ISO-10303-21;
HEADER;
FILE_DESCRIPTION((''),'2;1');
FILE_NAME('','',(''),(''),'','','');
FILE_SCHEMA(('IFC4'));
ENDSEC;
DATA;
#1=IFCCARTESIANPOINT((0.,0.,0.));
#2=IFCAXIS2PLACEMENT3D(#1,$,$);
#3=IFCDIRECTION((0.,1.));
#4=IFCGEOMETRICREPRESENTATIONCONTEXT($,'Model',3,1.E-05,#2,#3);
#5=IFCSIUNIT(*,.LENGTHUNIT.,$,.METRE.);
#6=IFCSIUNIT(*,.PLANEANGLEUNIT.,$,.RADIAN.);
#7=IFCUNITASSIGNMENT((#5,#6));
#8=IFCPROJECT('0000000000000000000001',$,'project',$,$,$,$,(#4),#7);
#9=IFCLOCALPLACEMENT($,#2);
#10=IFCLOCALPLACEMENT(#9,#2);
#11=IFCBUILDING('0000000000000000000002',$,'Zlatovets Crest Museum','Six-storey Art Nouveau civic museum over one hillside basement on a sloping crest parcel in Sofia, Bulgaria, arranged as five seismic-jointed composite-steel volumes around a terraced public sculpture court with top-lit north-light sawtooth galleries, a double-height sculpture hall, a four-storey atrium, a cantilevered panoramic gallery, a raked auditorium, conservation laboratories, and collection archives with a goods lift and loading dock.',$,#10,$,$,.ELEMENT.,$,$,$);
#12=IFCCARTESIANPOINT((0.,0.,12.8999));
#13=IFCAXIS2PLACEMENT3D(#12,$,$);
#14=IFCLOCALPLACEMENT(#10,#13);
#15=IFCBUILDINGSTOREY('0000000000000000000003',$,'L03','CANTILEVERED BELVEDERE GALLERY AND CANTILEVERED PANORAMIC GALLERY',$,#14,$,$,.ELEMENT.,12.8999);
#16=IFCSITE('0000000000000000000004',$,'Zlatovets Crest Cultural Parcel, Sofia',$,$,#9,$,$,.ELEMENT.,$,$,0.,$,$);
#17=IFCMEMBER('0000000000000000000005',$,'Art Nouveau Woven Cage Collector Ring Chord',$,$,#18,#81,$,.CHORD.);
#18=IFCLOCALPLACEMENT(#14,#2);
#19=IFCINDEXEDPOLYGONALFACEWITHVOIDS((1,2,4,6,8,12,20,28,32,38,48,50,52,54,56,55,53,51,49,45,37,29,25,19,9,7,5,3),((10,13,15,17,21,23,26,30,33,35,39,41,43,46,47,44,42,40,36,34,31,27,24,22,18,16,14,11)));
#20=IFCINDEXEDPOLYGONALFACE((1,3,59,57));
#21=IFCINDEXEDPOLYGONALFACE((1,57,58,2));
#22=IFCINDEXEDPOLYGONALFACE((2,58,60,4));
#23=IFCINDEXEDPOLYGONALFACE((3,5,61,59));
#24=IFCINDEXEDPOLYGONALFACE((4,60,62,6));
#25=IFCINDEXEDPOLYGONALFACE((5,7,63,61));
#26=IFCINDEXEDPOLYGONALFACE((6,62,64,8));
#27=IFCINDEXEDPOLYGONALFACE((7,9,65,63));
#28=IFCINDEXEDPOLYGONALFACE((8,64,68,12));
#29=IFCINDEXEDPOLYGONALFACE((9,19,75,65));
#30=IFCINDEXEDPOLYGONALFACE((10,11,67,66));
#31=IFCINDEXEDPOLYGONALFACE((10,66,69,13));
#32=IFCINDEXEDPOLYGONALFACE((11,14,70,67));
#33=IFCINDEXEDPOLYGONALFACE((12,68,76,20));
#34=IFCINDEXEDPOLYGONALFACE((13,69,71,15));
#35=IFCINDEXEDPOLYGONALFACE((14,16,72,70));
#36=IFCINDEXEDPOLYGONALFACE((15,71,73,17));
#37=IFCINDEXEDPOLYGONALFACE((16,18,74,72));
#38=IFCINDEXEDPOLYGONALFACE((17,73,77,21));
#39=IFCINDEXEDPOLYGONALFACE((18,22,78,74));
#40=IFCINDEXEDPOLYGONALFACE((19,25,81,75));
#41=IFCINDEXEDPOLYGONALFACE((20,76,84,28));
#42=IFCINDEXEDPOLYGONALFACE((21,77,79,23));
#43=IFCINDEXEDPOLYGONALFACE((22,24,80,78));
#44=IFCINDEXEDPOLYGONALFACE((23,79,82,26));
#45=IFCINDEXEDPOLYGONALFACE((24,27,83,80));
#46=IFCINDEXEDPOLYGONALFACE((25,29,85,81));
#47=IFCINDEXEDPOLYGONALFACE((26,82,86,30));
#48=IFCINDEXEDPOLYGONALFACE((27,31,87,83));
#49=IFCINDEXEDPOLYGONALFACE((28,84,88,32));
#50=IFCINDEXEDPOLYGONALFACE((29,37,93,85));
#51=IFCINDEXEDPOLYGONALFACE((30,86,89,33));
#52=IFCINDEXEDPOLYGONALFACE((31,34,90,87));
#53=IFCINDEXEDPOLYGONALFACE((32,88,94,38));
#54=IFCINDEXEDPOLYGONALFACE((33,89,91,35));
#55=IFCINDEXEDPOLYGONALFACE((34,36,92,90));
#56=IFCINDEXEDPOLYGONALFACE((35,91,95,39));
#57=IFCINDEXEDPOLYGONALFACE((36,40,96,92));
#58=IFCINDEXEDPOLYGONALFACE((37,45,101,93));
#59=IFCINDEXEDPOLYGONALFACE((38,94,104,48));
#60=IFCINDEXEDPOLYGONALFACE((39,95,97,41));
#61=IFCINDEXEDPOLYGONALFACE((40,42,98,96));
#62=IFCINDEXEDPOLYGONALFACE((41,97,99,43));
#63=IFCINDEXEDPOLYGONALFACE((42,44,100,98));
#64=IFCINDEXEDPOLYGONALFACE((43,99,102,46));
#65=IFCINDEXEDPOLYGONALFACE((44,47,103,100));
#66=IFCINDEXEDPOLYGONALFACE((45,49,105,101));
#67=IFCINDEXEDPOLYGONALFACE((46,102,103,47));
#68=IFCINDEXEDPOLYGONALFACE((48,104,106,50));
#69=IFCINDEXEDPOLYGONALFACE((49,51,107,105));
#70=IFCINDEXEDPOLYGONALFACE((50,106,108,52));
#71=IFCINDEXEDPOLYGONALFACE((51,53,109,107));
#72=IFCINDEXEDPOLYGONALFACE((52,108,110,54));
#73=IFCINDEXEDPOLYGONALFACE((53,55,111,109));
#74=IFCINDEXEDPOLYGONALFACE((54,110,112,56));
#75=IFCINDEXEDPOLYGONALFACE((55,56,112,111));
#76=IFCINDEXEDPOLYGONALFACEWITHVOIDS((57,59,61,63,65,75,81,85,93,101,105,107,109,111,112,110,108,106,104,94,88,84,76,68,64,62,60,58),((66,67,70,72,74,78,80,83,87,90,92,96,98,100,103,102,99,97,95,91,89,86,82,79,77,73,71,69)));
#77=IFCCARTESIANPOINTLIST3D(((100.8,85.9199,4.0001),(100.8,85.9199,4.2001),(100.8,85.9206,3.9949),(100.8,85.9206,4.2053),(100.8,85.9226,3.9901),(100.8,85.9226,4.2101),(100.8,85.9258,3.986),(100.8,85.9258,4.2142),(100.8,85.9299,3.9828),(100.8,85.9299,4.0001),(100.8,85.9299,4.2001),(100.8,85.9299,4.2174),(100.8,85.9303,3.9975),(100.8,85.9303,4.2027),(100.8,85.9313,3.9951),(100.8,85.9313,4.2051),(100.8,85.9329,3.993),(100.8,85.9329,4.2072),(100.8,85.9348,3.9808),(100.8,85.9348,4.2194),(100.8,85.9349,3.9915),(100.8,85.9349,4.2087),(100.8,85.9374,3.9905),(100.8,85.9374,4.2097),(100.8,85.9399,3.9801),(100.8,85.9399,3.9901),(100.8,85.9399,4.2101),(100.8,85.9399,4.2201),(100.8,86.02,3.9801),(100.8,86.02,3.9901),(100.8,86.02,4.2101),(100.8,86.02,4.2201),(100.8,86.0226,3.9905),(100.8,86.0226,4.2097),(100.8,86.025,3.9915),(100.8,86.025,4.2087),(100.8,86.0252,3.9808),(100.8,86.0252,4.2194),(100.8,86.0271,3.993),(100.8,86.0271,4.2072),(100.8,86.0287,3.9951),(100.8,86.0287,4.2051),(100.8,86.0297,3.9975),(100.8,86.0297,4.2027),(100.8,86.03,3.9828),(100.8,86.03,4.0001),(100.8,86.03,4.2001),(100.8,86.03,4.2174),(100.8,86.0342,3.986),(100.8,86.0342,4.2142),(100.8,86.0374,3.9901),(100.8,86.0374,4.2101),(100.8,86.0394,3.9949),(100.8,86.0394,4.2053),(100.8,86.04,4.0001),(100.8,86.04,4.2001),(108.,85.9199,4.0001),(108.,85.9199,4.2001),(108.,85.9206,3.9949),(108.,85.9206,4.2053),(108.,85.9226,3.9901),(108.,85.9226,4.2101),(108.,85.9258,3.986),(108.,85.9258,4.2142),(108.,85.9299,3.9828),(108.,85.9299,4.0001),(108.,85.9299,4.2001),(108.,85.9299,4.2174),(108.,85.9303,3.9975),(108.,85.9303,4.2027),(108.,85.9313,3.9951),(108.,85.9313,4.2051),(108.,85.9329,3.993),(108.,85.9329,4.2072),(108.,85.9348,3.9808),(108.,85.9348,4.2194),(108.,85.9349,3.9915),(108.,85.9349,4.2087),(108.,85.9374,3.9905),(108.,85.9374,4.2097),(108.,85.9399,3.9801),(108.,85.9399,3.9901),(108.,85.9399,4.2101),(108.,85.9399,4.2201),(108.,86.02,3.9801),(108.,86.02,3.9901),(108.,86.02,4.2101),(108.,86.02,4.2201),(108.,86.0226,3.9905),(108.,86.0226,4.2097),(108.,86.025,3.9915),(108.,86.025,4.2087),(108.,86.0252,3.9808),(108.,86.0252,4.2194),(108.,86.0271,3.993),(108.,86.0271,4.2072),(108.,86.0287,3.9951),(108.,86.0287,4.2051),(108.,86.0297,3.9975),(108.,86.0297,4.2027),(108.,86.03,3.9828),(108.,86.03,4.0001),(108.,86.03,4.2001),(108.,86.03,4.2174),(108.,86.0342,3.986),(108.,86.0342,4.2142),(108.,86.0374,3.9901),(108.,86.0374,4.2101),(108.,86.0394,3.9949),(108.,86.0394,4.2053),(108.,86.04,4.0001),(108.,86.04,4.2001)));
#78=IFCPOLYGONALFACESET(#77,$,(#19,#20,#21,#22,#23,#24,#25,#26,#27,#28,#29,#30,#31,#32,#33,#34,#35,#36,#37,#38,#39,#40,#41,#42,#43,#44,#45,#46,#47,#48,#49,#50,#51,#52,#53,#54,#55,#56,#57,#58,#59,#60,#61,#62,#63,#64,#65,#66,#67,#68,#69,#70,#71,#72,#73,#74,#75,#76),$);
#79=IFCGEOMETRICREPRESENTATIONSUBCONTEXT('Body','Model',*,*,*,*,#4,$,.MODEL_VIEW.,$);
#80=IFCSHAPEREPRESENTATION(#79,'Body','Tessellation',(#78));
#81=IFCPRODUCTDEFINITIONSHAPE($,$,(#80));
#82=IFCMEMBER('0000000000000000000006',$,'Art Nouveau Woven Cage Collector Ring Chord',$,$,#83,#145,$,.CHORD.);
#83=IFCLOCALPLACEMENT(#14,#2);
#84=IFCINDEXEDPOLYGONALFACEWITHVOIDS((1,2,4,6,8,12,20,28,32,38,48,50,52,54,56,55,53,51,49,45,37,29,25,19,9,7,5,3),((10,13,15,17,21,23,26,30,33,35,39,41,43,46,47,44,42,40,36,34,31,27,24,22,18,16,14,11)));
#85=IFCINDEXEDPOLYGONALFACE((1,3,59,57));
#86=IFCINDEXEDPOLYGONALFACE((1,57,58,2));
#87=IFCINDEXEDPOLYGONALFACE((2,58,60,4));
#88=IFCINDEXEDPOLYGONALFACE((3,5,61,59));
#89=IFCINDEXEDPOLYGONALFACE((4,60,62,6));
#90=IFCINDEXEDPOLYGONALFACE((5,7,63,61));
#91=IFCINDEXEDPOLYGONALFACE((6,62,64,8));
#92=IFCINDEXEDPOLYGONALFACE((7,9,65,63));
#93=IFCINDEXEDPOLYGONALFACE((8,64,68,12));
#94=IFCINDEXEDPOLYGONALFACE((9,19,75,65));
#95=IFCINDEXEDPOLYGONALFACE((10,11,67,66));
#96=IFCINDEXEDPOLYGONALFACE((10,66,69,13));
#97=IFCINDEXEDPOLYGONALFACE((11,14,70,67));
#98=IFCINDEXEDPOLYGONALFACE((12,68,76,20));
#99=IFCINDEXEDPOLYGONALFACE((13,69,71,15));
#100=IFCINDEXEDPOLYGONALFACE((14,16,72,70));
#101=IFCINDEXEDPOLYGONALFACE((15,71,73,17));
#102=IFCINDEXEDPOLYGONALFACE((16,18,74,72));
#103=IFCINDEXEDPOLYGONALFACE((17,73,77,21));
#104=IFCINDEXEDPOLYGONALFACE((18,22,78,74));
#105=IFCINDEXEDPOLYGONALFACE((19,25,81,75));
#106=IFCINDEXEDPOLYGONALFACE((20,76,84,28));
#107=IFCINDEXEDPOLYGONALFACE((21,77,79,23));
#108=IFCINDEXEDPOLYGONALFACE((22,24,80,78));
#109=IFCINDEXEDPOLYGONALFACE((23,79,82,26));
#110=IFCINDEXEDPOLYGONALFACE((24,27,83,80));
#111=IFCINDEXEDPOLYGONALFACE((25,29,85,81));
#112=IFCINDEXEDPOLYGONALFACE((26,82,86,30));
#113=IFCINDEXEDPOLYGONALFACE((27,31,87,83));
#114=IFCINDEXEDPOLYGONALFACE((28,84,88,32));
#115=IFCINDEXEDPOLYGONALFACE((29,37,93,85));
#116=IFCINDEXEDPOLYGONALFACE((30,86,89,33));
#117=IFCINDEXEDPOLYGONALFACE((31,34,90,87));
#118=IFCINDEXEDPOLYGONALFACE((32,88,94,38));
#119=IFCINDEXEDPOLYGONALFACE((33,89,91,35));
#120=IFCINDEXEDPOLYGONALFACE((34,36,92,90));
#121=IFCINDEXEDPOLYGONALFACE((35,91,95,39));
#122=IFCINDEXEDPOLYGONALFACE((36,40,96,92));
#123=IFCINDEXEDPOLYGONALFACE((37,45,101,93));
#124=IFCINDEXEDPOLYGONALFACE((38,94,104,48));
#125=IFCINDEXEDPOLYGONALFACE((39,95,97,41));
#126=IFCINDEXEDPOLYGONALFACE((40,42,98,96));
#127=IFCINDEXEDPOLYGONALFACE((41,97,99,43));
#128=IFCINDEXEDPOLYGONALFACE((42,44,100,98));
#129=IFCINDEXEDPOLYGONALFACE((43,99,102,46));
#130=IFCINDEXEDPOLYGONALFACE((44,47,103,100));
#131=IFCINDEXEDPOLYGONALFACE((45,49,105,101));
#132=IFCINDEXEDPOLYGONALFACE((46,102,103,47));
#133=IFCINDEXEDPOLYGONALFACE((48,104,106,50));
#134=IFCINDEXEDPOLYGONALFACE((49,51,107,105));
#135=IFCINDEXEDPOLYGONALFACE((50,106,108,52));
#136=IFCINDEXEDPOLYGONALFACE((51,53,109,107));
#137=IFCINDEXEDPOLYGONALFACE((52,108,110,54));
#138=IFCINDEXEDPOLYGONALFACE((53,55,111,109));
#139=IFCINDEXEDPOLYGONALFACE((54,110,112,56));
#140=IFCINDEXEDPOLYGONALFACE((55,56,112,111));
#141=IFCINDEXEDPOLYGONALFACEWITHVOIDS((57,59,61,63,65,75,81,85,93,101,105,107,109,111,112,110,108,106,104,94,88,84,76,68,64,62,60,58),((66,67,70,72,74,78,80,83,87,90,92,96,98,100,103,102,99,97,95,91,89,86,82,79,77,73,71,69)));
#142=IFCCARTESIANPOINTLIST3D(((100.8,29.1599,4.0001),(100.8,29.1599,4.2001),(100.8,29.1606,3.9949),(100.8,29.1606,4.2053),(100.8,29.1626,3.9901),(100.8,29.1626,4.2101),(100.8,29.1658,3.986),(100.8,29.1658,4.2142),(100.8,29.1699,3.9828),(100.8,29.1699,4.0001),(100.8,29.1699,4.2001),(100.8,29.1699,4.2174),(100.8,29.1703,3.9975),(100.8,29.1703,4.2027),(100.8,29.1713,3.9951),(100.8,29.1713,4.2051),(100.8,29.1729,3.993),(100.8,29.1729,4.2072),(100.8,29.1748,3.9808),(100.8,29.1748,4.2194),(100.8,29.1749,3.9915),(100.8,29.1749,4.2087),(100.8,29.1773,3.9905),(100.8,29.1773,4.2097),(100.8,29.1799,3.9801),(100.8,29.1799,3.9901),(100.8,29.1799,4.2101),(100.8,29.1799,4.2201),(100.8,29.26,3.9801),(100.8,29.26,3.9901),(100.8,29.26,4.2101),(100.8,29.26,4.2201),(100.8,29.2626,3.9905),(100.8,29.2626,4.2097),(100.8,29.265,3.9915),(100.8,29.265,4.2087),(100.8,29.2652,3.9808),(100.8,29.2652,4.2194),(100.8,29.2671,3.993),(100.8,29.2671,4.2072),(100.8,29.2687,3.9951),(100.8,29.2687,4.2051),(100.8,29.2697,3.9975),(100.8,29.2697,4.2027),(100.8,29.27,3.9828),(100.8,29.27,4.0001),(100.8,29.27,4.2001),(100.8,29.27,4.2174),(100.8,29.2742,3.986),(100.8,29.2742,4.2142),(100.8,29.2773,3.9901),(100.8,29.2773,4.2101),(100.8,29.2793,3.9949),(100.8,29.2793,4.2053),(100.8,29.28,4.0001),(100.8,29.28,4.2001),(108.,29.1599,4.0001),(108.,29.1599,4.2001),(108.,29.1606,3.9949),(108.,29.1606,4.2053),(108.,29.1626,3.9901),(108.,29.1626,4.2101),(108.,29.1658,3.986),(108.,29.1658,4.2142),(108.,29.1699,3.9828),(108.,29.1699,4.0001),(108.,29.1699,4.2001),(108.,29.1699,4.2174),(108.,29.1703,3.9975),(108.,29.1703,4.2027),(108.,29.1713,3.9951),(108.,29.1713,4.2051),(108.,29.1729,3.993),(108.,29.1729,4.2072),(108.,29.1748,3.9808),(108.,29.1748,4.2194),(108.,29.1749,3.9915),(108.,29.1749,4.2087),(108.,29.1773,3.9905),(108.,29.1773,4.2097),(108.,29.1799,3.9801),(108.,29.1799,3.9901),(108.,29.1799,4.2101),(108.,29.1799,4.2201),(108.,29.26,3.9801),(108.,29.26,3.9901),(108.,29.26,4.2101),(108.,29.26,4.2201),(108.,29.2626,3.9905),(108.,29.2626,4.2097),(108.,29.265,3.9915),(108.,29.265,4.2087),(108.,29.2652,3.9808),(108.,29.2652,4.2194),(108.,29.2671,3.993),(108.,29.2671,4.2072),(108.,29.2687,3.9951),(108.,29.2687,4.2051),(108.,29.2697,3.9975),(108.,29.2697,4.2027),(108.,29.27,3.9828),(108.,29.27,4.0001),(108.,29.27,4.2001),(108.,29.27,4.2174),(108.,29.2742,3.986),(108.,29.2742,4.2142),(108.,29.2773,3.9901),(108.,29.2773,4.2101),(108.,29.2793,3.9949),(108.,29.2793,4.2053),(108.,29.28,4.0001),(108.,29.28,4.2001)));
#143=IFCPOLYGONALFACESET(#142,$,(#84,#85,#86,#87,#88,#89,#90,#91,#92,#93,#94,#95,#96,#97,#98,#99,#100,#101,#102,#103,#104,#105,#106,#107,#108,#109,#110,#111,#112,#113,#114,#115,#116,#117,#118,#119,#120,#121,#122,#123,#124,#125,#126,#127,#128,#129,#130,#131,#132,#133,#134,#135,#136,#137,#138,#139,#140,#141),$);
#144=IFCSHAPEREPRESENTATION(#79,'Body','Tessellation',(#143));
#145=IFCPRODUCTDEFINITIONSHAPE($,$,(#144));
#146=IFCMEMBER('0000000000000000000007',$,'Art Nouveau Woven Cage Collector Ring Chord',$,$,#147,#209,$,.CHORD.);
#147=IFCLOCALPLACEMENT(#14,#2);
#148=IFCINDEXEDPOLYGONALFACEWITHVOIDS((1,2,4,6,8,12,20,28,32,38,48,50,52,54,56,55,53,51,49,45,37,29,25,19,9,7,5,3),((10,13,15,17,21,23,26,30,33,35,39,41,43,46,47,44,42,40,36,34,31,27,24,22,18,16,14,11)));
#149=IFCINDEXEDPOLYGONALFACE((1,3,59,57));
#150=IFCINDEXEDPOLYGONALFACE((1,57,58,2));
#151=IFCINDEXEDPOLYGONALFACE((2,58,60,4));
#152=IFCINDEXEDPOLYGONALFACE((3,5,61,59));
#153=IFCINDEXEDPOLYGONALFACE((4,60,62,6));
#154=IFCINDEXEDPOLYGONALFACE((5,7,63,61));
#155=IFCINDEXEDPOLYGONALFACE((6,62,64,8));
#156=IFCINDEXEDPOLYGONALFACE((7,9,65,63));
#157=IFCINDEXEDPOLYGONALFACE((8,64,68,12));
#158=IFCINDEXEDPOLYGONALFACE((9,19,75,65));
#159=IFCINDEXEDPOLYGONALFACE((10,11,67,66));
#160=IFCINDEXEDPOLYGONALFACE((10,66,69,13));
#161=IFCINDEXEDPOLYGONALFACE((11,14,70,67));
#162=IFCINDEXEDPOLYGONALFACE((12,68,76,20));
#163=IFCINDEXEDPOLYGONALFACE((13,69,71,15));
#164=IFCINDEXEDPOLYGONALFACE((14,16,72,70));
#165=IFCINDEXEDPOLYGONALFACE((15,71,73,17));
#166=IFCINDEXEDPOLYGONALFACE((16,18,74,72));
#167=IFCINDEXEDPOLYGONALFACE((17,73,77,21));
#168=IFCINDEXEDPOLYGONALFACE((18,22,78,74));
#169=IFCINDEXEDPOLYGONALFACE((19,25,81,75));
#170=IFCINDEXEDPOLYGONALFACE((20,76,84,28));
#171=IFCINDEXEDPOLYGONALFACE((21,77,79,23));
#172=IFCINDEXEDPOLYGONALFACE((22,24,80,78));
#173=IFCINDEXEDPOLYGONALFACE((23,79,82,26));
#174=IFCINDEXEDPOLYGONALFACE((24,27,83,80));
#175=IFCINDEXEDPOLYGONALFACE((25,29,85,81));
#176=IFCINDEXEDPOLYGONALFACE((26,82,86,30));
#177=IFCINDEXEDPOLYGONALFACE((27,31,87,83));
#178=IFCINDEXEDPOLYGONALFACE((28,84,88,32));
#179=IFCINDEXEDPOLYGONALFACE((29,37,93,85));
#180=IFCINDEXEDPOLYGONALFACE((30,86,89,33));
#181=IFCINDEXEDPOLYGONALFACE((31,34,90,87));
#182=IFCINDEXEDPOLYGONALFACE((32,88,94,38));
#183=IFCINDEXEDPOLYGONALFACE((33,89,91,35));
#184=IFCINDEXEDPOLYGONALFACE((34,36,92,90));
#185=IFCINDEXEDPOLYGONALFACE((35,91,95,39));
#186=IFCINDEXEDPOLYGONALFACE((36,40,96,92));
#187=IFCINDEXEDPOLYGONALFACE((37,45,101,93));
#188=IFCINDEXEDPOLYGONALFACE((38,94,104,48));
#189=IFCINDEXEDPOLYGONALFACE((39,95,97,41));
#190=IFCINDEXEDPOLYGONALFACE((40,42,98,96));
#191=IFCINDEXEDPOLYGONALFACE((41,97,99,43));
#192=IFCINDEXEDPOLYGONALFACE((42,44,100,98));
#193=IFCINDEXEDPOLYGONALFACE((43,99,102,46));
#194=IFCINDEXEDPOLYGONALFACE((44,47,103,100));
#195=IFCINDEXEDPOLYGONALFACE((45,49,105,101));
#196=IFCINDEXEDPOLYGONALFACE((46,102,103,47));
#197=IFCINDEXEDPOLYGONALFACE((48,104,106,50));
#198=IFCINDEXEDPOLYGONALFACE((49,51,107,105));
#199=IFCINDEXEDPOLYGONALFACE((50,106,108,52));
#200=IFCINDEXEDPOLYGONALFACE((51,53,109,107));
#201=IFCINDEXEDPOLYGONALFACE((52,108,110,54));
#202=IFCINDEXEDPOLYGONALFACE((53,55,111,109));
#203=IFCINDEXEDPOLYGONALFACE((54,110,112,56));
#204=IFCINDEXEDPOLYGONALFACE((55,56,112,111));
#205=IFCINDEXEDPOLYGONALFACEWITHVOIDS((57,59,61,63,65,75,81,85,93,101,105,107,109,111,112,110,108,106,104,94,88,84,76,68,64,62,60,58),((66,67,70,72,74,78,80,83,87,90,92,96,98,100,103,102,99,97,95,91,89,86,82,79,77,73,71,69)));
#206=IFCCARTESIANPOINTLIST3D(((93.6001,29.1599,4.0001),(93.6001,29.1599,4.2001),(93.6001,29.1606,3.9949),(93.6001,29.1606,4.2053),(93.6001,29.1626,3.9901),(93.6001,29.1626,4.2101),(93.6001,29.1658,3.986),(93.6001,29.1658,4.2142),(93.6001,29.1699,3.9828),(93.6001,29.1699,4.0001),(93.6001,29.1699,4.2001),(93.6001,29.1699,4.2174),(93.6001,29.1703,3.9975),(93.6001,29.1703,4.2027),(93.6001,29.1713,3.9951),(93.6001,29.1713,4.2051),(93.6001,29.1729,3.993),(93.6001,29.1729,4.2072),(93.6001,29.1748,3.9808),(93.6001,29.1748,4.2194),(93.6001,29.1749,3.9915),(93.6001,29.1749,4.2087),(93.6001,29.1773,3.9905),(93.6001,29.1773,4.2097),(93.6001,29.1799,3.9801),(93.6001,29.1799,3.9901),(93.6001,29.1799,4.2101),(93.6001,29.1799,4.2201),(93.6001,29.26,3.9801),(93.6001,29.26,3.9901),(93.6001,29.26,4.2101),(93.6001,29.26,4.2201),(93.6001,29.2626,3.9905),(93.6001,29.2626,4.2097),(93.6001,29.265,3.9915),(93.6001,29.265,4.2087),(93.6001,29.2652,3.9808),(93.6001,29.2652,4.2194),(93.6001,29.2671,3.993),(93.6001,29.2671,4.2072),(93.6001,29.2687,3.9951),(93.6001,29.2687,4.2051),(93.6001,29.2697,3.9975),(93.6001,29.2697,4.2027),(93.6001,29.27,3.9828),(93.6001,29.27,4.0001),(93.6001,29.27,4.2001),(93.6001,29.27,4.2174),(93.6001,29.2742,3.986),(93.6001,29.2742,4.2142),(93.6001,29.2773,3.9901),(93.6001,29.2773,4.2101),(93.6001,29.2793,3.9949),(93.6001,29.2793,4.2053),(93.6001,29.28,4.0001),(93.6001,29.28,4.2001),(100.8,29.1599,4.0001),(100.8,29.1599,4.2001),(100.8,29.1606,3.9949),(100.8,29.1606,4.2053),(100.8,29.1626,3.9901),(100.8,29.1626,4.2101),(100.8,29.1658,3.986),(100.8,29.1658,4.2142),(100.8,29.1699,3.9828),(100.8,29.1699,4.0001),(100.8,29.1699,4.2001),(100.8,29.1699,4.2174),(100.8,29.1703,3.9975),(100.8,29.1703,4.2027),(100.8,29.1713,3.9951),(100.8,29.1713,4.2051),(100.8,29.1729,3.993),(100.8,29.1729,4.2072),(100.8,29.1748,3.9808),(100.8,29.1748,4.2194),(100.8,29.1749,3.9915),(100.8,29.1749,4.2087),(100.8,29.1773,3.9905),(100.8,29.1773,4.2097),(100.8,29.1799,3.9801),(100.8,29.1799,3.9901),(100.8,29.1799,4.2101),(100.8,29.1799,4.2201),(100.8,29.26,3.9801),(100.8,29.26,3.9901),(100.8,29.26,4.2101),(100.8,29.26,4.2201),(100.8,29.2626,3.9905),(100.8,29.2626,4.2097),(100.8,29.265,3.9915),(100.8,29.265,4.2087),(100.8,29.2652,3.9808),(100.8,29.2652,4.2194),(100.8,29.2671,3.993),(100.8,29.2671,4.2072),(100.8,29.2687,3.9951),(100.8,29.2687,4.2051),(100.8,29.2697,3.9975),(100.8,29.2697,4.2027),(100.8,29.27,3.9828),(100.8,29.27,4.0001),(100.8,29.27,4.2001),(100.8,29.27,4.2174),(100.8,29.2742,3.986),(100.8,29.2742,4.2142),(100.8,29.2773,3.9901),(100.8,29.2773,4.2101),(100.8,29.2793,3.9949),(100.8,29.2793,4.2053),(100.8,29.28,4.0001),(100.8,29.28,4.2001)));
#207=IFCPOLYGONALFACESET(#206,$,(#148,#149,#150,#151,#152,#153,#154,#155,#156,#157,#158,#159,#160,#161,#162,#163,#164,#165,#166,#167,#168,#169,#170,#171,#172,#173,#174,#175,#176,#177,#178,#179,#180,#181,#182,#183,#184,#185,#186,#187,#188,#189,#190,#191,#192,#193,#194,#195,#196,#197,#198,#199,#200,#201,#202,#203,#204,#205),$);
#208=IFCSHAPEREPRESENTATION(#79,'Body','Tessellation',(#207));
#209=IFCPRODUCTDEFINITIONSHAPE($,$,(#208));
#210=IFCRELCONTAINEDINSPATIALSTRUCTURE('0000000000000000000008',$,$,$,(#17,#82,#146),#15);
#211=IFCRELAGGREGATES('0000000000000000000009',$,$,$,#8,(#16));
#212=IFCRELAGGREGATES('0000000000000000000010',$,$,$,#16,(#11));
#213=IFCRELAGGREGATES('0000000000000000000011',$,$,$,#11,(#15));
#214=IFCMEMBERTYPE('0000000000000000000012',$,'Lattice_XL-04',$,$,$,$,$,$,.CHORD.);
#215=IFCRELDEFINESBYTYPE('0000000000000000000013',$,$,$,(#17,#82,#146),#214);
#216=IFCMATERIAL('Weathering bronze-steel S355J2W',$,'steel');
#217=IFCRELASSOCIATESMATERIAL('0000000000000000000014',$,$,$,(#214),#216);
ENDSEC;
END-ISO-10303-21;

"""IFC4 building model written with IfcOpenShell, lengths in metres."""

from ifc_helpers import new_model, si_unit, direction, frame, origin, origin_2d, place, context, subcontext, project, spatial, hollow_rectangle, extrude, material, material_profile, profile_set, type_object, element, save


model = new_model("IFC4")

# Units and contexts
model_context = context("Model", 3, precision=1e-05, world=origin(), true_north=direction((0.0, 1.0)))
body_context = subcontext(model_context, "Body", "Model", "MODEL_VIEW")
ifc_project = project(units=[si_unit("LENGTHUNIT", "METRE"), si_unit("PLANEANGLEUNIT", "RADIAN")], contexts=[model_context])

# Site, building, storey
site_placement = place(None, origin())
site = spatial("IfcSite", under=ifc_project, at=site_placement, Name="Zlatovets Crest Cultural Parcel, Sofia", CompositionType="ELEMENT", RefElevation=0.0)
building_placement = place(site_placement, origin())
building = spatial("IfcBuilding", under=site, at=building_placement, Name="Zlatovets Crest Museum", Description="Six-storey Art Nouveau civic museum over one hillside basement on a sloping crest parcel in Sofia, Bulgaria, arranged as five seismic-jointed composite-steel volumes around a terraced public sculpture court with top-lit north-light sawtooth galleries, a double-height sculpture hall, a four-storey atrium, a cantilevered panoramic gallery, a raked auditorium, conservation laboratories, and collection archives with a goods lift and loading dock.", CompositionType="ELEMENT")
storey_placement = place(building_placement, frame((0.0, 0.0, 12.8999)))
storey = spatial("IfcBuildingStorey", under=building, at=storey_placement, Name="L03", Description="CANTILEVERED BELVEDERE GALLERY AND CANTILEVERED PANORAMIC GALLERY", CompositionType="ELEMENT", Elevation=12.8999)

# Members
ifc_material_1 = material(Name="Weathering bronze-steel S355J2W", Category="steel")
ifc_material_profile_1 = material_profile(ifc_material_1, hollow_rectangle(XDim=0.1201, YDim=0.24, WallThickness=0.01, InnerFilletRadius=0.01, OuterFilletRadius=0.02, at=origin_2d()), Name="RHS 120x240x10.0")
ifc_profile_set_1 = profile_set([ifc_material_profile_1], Name="Weathering bronze-steel S355J2W")
member_type_1 = type_object("IfcMemberType", Name="Lattice_XL-04", PredefinedType="CHORD", material=ifc_profile_set_1)
for number, where, z_axis, x_axis, name in (
    (1, (100.8, 85.98, 4.1001), (1.0, 0.0, 0.0), (0.0, 1.0, 0.0), "Art Nouveau Woven Cage Collector Ring Chord"),
    (2, (108.0, 29.22, 4.1001), (-1.0, 0.0, 0.0), (0.0, -1.0, 0.0), "Art Nouveau Woven Cage Collector Ring Chord"),
    (3, (100.8, 29.22, 4.1001), (-1.0, 0.0, 0.0), (0.0, -1.0, 0.0), "Art Nouveau Woven Cage Collector Ring Chord"),
):
    element("IfcMember", number, at=place(storey_placement, frame(where, z_axis=z_axis, x_axis=x_axis)), inside=storey, type_object=member_type_1, Name=name, PredefinedType="CHORD", context=body_context, shape_type="SweptSolid", body=[
        extrude(hollow_rectangle(XDim=0.1201, YDim=0.24, WallThickness=0.01, InnerFilletRadius=0.01, OuterFilletRadius=0.02, at=origin_2d()), origin(), (0.0, 0.0, 1.0), 7.2),
    ])

save(model, "model.ifc")
